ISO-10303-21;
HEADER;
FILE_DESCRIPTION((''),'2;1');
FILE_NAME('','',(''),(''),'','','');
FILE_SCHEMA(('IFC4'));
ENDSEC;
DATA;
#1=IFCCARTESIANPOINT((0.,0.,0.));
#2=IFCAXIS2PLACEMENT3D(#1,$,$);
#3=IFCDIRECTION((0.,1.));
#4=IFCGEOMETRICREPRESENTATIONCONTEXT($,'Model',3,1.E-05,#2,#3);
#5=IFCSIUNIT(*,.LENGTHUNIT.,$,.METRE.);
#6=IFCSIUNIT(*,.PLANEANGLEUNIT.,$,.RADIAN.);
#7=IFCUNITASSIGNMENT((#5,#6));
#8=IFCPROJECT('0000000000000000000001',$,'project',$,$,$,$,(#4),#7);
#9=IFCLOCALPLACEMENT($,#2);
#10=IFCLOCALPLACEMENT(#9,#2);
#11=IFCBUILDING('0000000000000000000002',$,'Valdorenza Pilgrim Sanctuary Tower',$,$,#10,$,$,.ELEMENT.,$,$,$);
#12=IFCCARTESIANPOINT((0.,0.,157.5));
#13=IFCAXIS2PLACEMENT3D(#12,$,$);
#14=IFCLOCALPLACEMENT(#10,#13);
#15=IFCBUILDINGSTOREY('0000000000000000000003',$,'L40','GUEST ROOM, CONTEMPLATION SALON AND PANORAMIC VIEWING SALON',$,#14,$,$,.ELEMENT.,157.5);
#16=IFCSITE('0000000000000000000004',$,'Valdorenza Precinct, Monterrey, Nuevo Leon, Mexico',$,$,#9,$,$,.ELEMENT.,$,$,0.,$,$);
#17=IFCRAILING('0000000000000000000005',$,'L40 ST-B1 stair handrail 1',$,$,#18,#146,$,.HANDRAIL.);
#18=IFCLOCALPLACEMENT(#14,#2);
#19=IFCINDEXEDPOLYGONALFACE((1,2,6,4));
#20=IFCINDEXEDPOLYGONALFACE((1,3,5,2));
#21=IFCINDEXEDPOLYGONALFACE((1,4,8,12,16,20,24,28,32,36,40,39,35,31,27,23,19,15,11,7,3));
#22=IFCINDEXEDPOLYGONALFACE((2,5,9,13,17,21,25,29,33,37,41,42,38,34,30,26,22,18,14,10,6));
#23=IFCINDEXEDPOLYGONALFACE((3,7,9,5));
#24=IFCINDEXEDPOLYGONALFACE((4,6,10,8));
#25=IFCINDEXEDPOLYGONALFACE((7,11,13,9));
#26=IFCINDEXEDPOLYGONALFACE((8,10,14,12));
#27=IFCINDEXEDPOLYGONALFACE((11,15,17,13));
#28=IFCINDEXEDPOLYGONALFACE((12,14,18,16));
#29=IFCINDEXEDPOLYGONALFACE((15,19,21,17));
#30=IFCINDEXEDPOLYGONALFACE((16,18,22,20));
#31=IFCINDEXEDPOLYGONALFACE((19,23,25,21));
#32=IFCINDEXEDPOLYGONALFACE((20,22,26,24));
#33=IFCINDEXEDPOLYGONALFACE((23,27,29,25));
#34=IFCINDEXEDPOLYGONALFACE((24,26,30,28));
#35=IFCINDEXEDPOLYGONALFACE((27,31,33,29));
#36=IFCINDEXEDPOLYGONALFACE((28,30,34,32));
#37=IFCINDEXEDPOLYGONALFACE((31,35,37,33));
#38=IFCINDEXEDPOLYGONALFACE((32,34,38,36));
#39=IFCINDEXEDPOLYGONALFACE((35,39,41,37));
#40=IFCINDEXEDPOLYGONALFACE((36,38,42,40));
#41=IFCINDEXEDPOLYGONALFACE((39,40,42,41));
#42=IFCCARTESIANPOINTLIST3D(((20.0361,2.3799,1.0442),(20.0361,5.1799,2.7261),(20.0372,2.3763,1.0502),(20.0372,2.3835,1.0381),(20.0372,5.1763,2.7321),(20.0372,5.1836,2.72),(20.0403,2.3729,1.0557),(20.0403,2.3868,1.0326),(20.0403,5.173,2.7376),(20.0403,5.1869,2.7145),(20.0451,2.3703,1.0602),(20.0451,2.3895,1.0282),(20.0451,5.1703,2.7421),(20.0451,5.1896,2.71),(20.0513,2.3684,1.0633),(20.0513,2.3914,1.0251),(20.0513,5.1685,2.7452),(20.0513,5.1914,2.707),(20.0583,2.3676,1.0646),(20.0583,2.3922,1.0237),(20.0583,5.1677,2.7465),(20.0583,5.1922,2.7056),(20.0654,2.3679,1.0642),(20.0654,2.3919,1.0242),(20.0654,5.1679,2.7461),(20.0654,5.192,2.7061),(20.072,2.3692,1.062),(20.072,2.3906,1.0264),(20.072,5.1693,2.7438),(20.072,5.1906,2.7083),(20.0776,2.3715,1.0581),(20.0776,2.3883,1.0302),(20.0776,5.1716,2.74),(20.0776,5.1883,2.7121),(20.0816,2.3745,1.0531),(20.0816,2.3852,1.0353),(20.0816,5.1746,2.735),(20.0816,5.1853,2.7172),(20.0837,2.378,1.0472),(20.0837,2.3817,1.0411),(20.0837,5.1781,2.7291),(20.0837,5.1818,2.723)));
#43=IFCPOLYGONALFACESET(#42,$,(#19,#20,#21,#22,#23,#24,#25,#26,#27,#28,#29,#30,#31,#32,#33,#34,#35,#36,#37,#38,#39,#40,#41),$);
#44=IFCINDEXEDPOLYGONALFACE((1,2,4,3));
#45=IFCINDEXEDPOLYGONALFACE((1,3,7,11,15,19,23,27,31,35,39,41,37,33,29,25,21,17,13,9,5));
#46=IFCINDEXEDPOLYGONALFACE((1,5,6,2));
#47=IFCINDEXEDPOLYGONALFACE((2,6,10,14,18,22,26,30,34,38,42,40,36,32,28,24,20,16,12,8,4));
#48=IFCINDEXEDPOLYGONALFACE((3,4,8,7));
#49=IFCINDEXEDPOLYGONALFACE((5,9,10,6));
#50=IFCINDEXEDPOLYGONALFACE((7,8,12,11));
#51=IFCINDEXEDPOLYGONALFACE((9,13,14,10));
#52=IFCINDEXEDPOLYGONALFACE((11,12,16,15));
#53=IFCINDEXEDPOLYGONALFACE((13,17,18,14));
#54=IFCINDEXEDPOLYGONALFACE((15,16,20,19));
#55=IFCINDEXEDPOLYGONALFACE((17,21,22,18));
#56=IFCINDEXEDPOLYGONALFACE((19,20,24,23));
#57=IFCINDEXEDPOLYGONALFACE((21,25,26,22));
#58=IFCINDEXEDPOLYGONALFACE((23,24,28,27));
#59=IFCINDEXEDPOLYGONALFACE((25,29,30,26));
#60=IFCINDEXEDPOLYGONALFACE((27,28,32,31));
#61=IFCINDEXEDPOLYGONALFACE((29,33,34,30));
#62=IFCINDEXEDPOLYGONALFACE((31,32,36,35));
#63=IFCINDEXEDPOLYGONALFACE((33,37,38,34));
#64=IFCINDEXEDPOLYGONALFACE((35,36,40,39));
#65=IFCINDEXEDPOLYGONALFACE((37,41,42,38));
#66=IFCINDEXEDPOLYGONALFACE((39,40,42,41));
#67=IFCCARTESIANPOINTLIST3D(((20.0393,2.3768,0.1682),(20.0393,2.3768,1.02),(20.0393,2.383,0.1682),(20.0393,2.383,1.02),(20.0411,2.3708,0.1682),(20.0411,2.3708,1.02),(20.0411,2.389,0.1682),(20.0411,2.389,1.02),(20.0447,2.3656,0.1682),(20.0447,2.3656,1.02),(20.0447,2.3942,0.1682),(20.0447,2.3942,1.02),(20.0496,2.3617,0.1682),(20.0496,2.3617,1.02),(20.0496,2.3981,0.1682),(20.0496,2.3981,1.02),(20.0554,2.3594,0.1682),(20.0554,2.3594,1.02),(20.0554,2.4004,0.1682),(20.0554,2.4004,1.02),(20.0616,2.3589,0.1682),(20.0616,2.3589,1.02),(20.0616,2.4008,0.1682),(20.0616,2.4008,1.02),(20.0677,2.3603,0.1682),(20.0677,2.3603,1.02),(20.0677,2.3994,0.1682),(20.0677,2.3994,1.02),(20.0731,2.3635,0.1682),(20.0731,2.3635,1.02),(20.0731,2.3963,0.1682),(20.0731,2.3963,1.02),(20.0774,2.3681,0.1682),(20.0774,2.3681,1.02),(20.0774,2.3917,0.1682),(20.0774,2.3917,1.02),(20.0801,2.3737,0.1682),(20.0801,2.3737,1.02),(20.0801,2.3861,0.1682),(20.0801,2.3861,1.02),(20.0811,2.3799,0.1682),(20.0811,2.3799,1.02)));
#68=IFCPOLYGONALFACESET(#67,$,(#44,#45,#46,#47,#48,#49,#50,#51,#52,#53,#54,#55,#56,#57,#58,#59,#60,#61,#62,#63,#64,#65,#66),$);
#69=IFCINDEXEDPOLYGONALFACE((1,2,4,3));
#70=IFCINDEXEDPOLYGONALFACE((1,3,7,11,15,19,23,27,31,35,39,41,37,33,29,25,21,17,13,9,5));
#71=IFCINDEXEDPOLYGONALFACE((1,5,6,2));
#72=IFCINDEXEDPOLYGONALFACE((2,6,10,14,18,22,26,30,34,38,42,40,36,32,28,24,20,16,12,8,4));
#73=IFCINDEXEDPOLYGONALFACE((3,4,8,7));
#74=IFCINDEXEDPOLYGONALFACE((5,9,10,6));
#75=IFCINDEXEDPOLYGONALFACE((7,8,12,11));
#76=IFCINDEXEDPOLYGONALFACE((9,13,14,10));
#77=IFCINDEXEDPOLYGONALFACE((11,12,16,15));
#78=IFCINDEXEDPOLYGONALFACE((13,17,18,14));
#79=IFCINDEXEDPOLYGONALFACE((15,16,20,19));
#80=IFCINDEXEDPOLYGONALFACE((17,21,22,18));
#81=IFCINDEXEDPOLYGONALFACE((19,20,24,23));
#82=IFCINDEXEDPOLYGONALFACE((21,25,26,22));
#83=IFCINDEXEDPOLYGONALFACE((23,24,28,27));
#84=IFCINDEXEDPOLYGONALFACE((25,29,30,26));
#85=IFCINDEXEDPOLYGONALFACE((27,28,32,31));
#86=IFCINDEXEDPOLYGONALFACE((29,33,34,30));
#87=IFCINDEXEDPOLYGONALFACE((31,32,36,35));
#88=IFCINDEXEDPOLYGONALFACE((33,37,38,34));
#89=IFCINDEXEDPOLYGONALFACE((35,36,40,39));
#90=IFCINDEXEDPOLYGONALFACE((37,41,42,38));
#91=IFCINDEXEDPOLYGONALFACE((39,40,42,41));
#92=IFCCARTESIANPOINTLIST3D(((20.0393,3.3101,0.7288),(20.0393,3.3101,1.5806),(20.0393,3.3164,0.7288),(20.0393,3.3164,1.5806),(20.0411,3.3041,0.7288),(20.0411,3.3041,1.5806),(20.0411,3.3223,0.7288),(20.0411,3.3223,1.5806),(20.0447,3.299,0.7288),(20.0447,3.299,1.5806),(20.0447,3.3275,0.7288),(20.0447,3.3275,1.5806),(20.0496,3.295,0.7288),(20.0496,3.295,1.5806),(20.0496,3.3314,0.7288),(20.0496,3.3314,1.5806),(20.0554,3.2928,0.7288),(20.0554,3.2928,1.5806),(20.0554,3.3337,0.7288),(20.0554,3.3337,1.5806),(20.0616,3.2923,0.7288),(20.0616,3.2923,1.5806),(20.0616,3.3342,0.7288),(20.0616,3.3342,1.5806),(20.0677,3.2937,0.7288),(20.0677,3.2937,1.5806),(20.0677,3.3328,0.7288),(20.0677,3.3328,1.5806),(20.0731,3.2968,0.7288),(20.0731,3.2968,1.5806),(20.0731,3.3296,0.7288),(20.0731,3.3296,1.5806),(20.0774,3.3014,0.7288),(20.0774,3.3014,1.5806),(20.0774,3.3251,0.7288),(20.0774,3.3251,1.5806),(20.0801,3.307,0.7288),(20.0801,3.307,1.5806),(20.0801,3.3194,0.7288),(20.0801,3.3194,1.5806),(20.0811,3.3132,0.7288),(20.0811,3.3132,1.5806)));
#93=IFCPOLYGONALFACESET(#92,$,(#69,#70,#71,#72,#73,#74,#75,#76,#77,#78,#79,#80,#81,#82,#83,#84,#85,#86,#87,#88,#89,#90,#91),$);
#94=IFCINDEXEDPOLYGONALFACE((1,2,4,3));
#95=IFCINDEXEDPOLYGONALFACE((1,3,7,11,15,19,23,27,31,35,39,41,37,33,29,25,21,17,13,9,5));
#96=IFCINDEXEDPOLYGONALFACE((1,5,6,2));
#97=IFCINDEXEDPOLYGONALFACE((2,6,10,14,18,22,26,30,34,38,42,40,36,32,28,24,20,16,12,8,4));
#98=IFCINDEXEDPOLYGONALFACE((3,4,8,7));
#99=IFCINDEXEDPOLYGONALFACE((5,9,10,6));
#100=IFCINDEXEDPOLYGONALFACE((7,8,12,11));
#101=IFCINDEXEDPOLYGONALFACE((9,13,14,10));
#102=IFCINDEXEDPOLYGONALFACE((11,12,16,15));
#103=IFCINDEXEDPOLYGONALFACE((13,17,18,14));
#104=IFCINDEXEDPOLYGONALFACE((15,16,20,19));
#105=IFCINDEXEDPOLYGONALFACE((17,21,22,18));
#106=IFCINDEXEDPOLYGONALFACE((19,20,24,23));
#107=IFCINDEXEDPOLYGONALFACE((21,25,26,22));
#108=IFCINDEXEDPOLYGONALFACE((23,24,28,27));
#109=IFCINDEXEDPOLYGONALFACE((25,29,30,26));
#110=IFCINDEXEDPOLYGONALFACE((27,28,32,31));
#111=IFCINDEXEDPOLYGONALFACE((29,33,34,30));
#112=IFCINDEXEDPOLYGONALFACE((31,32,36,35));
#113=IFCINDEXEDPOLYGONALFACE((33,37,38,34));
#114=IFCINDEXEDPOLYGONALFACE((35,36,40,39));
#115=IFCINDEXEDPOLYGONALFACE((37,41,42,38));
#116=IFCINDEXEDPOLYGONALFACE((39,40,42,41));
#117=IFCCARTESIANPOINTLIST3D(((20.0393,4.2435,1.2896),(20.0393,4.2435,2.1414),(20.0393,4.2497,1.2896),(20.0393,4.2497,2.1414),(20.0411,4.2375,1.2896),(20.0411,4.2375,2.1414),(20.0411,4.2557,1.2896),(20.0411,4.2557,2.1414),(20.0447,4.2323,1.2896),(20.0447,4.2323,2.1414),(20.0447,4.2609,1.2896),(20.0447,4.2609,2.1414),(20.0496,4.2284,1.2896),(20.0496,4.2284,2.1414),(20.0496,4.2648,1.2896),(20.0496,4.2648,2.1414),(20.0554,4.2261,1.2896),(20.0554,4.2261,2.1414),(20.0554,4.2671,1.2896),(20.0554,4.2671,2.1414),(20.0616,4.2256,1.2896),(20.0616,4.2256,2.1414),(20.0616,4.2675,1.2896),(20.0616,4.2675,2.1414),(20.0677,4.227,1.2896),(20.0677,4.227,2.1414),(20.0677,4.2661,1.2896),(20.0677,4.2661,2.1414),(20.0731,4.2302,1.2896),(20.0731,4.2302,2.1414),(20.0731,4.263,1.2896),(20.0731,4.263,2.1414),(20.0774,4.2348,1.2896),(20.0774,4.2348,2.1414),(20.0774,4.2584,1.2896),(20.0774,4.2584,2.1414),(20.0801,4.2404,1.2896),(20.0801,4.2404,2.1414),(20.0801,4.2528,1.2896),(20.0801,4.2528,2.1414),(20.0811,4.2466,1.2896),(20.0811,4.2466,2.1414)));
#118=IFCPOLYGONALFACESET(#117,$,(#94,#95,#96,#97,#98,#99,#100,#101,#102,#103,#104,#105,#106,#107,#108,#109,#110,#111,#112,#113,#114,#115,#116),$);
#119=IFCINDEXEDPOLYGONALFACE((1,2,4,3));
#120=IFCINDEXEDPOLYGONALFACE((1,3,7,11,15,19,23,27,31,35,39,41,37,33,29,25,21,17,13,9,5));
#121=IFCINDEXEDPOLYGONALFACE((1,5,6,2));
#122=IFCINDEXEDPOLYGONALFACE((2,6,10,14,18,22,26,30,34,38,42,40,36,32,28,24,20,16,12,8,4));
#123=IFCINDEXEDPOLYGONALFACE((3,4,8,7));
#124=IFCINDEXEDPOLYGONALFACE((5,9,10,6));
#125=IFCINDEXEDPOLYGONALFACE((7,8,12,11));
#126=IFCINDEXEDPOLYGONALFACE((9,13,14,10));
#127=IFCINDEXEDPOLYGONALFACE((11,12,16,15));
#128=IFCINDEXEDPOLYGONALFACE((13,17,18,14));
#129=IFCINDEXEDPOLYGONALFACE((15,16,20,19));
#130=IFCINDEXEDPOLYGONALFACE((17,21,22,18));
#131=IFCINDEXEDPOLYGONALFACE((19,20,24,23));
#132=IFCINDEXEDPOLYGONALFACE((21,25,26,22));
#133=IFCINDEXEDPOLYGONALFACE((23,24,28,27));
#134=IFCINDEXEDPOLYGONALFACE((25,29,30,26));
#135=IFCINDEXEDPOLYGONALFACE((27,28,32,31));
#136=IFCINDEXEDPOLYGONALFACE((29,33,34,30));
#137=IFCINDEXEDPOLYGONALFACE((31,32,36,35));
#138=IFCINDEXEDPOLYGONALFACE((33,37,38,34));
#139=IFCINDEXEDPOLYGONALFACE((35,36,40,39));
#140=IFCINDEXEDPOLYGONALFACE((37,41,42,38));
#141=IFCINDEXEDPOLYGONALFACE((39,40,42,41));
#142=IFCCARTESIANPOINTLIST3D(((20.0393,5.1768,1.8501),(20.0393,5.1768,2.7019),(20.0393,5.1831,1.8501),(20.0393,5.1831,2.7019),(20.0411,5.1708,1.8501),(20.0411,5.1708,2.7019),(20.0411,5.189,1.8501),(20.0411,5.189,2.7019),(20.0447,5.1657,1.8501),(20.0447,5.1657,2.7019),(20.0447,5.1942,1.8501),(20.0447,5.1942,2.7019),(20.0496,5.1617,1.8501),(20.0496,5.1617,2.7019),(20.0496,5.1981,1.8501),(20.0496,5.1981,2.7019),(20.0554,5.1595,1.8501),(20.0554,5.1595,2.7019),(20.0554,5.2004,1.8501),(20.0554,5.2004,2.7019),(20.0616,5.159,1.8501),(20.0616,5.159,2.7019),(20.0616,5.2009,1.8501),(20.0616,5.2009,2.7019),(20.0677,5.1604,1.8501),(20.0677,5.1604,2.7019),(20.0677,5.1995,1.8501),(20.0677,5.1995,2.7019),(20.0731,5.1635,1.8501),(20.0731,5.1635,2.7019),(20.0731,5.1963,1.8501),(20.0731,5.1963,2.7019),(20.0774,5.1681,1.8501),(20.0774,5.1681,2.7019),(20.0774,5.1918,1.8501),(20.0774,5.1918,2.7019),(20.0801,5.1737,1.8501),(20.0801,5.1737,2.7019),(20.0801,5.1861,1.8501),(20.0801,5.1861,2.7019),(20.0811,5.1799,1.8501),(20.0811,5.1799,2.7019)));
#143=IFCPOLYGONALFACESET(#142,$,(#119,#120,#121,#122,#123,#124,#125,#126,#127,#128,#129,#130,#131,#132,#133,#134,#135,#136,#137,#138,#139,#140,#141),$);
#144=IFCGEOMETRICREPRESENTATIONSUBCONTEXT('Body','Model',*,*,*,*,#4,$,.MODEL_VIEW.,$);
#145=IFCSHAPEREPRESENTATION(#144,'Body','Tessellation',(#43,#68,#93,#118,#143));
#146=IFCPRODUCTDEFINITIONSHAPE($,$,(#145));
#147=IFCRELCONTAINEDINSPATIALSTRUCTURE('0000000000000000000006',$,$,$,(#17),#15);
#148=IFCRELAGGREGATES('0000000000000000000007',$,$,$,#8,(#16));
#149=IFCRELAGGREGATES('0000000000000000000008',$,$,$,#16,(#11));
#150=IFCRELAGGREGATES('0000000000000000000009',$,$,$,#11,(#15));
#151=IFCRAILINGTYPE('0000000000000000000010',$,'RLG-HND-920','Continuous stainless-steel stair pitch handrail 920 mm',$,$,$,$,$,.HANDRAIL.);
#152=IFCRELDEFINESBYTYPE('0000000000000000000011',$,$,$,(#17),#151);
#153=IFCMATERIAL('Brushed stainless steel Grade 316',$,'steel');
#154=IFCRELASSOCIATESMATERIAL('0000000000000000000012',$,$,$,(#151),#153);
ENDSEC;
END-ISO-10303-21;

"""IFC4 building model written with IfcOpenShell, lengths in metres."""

from ifc_helpers import new_model, si_unit, direction, frame, origin, origin_2d, place, context, subcontext, project, spatial, circle, extrude, material, type_object, element, save


model = new_model("IFC4")

# Units and contexts
model_context = context("Model", 3, precision=1e-05, world=origin(), true_north=direction((0.0, 1.0)))
body_context = subcontext(model_context, "Body", "Model", "MODEL_VIEW")
ifc_project = project(units=[si_unit("LENGTHUNIT", "METRE"), si_unit("PLANEANGLEUNIT", "RADIAN")], contexts=[model_context])

# Site, building, storey
site_placement = place(None, origin())
site = spatial("IfcSite", under=ifc_project, at=site_placement, Name="Valdorenza Precinct, Monterrey, Nuevo Leon, Mexico", CompositionType="ELEMENT", RefElevation=0.0)
building_placement = place(site_placement, origin())
building = spatial("IfcBuilding", under=site, at=building_placement, Name="Valdorenza Pilgrim Sanctuary Tower", CompositionType="ELEMENT")
storey_placement = place(building_placement, frame((0.0, 0.0, 157.5)))
storey = spatial("IfcBuildingStorey", under=building, at=storey_placement, Name="L40", Description="GUEST ROOM, CONTEMPLATION SALON AND PANORAMIC VIEWING SALON", CompositionType="ELEMENT", Elevation=157.5)

# Shared definitions
ifc_material_1 = material(Name="Brushed stainless steel Grade 316", Category="steel")

# Railing
railing_type_1 = type_object("IfcRailingType", Name="RLG-HND-920", Description="Continuous stainless-steel stair pitch handrail 920 mm", PredefinedType="HANDRAIL", material=ifc_material_1)
railing_1_placement = place(storey_placement, frame((20.0601, 2.3799, 0.1682)))
element("IfcRailing", 1, at=railing_1_placement, inside=storey, type_object=railing_type_1, Name="L40 ST-B1 stair handrail 1", PredefinedType="HANDRAIL", context=body_context, shape_type="SweptSolid", body=[
    extrude(circle(Radius=0.0239, at=origin_2d()), frame((0.0, 0.0, 0.876), z_axis=(0.0, 0.857242, 0.514913), x_axis=(-1.0, 0.0, 0.0)), (0.0, 0.0, 1.0), 3.2664),
    extrude(circle(Radius=0.021, at=origin_2d()), origin(), (0.0, 0.0, 1.0), 0.8518),
    extrude(circle(Radius=0.021, at=origin_2d()), frame((0.0, 0.9333, 0.5605)), (0.0, 0.0, 1.0), 0.8518),
    extrude(circle(Radius=0.021, at=origin_2d()), frame((0.0, 1.8667, 1.1213)), (0.0, 0.0, 1.0), 0.8518),
    extrude(circle(Radius=0.021, at=origin_2d()), frame((0.0, 2.8, 1.6819)), (0.0, 0.0, 1.0), 0.8518),
])

save(model, "model.ifc")
